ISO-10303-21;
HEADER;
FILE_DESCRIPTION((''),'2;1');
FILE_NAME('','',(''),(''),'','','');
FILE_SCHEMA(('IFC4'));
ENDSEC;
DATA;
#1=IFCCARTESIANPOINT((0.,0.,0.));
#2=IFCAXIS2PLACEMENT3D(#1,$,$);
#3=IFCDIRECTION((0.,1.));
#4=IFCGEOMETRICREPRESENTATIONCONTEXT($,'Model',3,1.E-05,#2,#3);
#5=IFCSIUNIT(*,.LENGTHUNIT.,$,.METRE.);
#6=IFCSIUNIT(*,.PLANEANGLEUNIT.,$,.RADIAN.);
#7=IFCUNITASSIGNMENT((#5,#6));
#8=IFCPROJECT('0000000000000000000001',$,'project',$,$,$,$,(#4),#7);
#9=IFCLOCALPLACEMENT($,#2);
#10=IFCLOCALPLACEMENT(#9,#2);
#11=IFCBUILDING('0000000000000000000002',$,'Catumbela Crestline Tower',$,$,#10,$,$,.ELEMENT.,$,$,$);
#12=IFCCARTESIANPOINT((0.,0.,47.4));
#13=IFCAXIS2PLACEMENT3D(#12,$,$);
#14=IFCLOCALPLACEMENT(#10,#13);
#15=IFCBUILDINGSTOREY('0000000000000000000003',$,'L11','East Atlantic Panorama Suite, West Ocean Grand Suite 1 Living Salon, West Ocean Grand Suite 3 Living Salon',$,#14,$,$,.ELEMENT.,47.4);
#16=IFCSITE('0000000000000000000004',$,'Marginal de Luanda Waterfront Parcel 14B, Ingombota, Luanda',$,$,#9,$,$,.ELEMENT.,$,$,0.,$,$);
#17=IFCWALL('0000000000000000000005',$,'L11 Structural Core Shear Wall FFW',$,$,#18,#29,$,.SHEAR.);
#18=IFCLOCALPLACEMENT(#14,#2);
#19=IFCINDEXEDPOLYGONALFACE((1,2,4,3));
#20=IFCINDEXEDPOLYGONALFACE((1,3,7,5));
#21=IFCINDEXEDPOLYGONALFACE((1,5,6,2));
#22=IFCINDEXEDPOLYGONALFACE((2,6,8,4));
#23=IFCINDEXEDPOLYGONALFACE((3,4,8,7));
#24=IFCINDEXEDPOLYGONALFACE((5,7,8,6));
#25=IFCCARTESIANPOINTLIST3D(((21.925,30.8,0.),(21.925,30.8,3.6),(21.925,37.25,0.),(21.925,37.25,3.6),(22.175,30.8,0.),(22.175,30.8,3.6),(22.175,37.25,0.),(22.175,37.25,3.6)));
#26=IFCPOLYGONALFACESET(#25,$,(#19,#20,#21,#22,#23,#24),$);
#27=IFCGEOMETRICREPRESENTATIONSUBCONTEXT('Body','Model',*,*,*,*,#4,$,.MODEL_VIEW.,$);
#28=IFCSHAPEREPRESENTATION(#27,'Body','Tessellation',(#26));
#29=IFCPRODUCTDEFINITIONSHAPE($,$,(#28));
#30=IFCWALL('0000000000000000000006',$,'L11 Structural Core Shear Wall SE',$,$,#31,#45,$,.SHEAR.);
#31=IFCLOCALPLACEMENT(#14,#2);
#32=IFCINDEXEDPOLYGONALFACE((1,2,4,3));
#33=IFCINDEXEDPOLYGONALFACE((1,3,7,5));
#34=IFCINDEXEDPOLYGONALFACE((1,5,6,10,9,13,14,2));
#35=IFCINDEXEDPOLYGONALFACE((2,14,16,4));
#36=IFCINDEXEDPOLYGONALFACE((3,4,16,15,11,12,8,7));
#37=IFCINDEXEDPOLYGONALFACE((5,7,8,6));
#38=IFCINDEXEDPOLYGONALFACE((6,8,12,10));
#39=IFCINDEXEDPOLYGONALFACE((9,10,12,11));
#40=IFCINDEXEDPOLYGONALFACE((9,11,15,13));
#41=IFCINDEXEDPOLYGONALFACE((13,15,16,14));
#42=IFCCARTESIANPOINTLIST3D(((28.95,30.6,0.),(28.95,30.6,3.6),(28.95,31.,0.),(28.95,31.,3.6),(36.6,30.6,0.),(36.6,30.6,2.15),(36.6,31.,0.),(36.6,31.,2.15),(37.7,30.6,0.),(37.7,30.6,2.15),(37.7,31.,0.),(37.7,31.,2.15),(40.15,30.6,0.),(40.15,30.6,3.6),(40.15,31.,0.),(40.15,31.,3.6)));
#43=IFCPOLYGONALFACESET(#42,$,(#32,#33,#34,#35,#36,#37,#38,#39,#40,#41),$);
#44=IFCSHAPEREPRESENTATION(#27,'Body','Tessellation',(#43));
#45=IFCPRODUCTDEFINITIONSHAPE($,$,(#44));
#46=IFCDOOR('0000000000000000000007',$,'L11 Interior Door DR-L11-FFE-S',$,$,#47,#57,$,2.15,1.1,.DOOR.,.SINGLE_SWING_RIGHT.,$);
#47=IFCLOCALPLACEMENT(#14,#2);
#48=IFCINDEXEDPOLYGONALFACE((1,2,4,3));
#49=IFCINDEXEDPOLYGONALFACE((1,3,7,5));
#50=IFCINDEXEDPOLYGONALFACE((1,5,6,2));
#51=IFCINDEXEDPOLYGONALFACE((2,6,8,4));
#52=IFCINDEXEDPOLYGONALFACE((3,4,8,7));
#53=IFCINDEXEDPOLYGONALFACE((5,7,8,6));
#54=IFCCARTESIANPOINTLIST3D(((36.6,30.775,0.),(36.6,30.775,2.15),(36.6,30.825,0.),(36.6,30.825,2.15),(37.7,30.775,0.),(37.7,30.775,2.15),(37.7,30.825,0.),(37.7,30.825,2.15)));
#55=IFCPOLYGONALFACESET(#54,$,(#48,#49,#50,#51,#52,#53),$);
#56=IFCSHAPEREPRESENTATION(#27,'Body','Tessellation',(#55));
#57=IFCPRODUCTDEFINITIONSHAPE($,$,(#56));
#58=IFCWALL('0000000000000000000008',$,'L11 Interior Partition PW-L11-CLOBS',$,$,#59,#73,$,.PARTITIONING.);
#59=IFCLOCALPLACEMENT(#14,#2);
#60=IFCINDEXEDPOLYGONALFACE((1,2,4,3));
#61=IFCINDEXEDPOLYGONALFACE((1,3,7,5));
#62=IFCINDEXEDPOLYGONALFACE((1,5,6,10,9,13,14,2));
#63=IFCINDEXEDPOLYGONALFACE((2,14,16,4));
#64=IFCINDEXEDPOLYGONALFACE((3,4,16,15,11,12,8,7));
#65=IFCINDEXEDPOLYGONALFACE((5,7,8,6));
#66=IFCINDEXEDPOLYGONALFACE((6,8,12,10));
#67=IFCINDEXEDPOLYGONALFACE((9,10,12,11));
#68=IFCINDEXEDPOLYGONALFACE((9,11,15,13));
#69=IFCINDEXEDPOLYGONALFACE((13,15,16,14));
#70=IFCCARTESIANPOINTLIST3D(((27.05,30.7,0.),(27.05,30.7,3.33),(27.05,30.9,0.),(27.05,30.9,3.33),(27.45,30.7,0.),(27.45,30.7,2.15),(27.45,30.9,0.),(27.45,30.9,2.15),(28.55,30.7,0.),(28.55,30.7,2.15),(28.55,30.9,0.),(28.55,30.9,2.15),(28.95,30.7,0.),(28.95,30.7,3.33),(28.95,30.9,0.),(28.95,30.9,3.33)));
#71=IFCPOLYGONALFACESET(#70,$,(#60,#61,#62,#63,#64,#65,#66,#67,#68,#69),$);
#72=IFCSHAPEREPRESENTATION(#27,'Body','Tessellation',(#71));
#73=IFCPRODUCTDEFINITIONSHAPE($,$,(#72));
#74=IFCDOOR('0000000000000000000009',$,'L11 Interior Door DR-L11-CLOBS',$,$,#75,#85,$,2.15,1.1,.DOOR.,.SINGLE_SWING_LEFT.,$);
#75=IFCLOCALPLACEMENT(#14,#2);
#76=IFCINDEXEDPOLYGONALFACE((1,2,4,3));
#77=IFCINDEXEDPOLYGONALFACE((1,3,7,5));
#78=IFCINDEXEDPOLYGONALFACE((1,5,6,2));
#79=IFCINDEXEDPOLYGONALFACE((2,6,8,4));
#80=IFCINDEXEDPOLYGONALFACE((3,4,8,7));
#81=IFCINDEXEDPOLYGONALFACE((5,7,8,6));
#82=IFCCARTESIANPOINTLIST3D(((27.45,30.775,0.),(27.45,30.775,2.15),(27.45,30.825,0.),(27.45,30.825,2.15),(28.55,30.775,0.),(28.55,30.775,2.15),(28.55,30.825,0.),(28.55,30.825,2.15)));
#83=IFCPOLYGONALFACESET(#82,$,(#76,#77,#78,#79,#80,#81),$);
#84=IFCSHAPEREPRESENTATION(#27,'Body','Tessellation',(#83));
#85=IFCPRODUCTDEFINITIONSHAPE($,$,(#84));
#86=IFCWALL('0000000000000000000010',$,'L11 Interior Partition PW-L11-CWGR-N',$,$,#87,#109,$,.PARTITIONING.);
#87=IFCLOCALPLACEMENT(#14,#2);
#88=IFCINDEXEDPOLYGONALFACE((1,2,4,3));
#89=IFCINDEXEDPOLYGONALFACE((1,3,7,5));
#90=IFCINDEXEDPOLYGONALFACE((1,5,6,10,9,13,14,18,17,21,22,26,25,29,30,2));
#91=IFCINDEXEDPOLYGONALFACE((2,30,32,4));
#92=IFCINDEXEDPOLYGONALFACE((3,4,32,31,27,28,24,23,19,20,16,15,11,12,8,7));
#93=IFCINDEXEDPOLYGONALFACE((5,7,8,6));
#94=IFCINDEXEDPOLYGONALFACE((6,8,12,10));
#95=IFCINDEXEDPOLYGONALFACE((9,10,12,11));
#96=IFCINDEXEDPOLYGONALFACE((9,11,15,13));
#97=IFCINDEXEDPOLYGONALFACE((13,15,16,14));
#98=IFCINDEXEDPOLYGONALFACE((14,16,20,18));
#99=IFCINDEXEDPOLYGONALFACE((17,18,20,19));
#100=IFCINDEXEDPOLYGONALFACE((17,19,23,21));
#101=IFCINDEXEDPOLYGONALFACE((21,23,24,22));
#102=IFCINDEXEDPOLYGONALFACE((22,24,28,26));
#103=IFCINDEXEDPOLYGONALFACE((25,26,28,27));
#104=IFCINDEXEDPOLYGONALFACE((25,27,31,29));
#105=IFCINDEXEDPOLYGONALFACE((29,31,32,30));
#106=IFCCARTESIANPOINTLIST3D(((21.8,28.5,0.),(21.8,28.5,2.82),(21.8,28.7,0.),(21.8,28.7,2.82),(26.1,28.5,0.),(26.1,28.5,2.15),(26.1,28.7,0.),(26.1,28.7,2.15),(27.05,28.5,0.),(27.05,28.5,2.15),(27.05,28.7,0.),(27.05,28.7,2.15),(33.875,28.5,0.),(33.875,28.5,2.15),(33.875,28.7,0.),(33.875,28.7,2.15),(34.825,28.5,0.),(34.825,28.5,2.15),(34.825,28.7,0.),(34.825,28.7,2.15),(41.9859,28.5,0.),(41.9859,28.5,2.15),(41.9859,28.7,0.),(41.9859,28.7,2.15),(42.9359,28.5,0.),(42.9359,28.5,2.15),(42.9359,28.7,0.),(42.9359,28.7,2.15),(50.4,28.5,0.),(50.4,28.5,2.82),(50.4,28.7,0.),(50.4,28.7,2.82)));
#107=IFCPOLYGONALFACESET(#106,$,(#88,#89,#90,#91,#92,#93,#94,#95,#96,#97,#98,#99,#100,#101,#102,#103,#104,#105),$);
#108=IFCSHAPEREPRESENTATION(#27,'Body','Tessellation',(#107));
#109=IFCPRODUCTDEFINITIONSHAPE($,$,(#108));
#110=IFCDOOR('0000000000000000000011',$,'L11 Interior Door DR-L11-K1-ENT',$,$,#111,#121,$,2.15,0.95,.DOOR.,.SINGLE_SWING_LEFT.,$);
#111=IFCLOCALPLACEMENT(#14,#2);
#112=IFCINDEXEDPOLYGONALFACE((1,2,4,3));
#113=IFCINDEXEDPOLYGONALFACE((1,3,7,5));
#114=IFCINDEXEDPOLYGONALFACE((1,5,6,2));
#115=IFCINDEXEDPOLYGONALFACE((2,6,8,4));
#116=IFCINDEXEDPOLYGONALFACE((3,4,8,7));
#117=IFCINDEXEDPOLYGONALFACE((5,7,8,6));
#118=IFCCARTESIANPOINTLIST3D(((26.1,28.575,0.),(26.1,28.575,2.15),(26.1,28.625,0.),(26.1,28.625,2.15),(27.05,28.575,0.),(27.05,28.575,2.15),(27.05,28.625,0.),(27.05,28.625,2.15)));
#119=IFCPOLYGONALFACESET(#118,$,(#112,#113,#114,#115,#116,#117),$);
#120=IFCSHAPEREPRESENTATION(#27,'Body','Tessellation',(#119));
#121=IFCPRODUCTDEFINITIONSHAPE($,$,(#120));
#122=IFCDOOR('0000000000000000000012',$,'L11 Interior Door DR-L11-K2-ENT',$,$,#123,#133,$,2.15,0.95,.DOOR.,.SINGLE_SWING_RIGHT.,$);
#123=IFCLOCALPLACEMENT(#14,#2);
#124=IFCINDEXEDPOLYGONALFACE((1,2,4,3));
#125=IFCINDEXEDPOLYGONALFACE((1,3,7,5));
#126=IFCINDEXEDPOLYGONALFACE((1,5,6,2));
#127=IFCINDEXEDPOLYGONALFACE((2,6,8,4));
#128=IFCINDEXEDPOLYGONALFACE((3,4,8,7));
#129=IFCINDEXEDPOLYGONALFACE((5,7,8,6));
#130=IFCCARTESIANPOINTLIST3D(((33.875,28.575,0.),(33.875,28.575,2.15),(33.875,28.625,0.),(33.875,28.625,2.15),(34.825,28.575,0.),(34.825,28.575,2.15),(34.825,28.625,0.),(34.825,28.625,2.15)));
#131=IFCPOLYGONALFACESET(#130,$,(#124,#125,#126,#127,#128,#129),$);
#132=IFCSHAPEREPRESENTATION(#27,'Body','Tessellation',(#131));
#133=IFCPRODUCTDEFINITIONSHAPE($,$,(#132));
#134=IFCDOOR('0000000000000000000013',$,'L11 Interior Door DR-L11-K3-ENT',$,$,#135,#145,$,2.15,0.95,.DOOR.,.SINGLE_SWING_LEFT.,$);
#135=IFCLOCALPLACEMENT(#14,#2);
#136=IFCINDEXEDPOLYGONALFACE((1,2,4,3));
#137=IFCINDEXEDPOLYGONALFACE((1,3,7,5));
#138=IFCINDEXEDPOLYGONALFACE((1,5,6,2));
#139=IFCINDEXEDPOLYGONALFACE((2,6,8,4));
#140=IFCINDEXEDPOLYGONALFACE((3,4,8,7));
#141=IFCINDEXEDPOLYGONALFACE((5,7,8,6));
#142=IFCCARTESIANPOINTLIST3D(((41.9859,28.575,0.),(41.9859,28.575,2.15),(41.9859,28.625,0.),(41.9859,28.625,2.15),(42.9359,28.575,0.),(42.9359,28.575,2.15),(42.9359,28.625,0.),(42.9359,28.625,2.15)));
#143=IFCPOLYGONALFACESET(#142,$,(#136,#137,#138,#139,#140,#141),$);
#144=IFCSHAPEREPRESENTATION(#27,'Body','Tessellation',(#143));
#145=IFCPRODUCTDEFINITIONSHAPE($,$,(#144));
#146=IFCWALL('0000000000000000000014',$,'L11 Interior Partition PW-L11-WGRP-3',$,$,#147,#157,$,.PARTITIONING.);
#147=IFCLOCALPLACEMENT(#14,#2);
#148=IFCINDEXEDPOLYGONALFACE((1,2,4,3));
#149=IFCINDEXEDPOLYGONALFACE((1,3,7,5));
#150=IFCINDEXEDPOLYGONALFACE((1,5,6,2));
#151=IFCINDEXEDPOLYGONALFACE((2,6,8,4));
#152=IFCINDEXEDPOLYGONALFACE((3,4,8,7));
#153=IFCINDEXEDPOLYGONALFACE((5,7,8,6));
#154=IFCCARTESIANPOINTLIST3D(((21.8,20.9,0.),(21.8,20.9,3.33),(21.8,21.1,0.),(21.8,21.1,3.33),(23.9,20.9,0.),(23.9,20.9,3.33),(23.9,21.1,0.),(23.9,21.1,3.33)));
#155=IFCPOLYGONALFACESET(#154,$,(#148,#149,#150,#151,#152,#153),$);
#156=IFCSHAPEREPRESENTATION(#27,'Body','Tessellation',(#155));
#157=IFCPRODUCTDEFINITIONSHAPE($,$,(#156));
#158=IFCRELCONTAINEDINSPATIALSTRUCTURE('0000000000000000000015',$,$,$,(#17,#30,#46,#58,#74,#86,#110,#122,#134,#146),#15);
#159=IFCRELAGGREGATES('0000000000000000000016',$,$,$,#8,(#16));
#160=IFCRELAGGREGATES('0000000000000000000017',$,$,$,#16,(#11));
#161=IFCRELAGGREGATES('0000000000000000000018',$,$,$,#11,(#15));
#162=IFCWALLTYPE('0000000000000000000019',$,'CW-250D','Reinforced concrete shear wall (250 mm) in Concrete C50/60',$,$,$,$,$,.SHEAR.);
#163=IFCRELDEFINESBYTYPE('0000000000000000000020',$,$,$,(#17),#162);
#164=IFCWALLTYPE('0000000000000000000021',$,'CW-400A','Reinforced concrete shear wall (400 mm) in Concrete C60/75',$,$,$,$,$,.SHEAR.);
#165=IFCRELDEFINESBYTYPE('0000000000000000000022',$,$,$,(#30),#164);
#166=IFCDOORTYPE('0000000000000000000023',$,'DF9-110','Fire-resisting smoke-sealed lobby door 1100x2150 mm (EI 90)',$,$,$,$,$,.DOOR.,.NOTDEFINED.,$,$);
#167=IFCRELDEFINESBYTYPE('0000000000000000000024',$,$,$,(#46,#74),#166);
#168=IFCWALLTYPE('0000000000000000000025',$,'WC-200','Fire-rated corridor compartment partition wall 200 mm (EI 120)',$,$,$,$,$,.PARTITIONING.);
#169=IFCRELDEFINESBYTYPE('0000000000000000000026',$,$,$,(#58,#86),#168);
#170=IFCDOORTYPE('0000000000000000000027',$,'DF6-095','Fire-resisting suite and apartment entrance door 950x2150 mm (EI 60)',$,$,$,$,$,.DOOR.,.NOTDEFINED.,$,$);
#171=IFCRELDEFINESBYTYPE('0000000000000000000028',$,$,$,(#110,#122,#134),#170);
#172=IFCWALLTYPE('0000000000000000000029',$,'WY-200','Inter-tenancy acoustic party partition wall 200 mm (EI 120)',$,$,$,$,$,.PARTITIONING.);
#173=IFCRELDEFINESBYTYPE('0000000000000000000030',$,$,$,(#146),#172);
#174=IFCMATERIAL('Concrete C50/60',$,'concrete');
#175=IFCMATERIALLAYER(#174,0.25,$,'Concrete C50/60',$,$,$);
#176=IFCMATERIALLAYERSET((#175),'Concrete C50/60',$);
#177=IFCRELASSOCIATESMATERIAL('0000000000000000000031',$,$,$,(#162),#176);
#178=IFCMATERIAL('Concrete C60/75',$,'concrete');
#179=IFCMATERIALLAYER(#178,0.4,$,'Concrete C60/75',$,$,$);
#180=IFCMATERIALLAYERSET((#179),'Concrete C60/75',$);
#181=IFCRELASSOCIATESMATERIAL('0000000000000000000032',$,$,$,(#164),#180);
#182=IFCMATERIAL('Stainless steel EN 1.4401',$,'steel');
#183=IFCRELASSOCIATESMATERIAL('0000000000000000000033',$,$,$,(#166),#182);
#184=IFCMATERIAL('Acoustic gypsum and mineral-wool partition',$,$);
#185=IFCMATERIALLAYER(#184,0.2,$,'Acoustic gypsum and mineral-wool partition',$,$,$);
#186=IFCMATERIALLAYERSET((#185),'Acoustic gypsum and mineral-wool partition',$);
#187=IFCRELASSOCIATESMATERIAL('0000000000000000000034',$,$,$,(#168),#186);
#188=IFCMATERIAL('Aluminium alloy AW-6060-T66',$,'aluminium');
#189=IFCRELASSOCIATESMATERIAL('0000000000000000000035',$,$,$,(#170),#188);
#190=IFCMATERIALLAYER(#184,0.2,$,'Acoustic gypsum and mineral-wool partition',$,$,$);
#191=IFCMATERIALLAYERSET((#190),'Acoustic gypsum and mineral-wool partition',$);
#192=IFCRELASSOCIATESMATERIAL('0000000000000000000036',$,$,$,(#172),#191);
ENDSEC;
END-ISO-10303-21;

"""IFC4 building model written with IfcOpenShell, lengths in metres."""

from ifc_helpers import new_model, si_unit, direction, frame, frame_2d, origin, place, context, subcontext, project, spatial, rectangle, extrude, material, layer, layer_set, type_object, element, fill, save


model = new_model("IFC4")

# Units and contexts
model_context = context("Model", 3, precision=1e-05, world=origin(), true_north=direction((0.0, 1.0)))
body_context = subcontext(model_context, "Body", "Model", "MODEL_VIEW")
ifc_project = project(units=[si_unit("LENGTHUNIT", "METRE"), si_unit("PLANEANGLEUNIT", "RADIAN")], contexts=[model_context])

# Site, building, storey
site_placement = place(None, origin())
site = spatial("IfcSite", under=ifc_project, at=site_placement, Name="Marginal de Luanda Waterfront Parcel 14B, Ingombota, Luanda", CompositionType="ELEMENT", RefElevation=0.0)
building_placement = place(site_placement, origin())
building = spatial("IfcBuilding", under=site, at=building_placement, Name="Catumbela Crestline Tower", CompositionType="ELEMENT")
storey_placement = place(building_placement, frame((0.0, 0.0, 47.4)))
storey = spatial("IfcBuildingStorey", under=building, at=storey_placement, Name="L11", Description="East Atlantic Panorama Suite, West Ocean Grand Suite 1 Living Salon, West Ocean Grand Suite 3 Living Salon", CompositionType="ELEMENT", Elevation=47.4)

# Shared definitions
ifc_material_1 = material(Name="Concrete C60/75", Category="concrete")

# Shared definitions
ifc_material_2 = material(Name="Aluminium alloy AW-6060-T66", Category="aluminium")

# Wall
ifc_material_3 = material(Name="Concrete C50/60", Category="concrete")
ifc_layer_1 = layer(ifc_material_3, 0.25, Name="Concrete C50/60")
ifc_layer_set_1 = layer_set([ifc_layer_1], Name="Concrete C50/60")
wall_type_1 = type_object("IfcWallType", Name="CW-250D", Description="Reinforced concrete shear wall (250 mm) in Concrete C50/60", PredefinedType="SHEAR", material=ifc_layer_set_1)
wall_1_placement = place(storey_placement, frame((22.05, 30.8, 0.0), z_axis=(0.0, 0.0, 1.0), x_axis=(0.0, 1.0, 0.0)))
element("IfcWall", 1, at=wall_1_placement, inside=storey, type_object=wall_type_1, Name="L11 Structural Core Shear Wall FFW", PredefinedType="SHEAR", context=body_context, shape_type="SweptSolid", body=[
    extrude(rectangle(XDim=6.45, YDim=0.25, at=frame_2d((3.225, 0.0))), origin(), (0.0, 0.0, 1.0), 3.6),
])

# Walls, openings, doors
ifc_layer_2 = layer(ifc_material_1, 0.4, Name="Concrete C60/75")
ifc_layer_set_2 = layer_set([ifc_layer_2], Name="Concrete C60/75")
wall_type_2 = type_object("IfcWallType", Name="CW-400A", Description="Reinforced concrete shear wall (400 mm) in Concrete C60/75", PredefinedType="SHEAR", material=ifc_layer_set_2)
wall_2_placement = place(storey_placement, frame((28.95, 30.8, 0.0), z_axis=(0.0, 0.0, 1.0), x_axis=(1.0, 0.0, 0.0)))
wall_2 = element("IfcWall", 2, at=wall_2_placement, inside=storey, type_object=wall_type_2, Name="L11 Structural Core Shear Wall SE", PredefinedType="SHEAR", context=body_context, shape_type="SweptSolid", body=[
    extrude(rectangle(XDim=11.2, YDim=0.4, at=frame_2d((5.6, 0.0))), origin(), (0.0, 0.0, 1.0), 3.6),
])
opening_1_placement = place(wall_2_placement, frame((7.65, 0.0, 0.0)))
opening_1 = element("IfcOpeningElement", 3, at=opening_1_placement, cuts=wall_2, PredefinedType="OPENING", context=body_context, shape_type="SweptSolid", body=[
    extrude(rectangle(XDim=1.1, YDim=2.15, at=frame_2d((0.55, 1.075))), frame((0.0, 0.21, 0.0), z_axis=(0.0, -1.0, 0.0), x_axis=(1.0, 0.0, 0.0)), (0.0, 0.0, 1.0), 0.42),
])
ifc_material_4 = material(Name="Stainless steel EN 1.4401", Category="steel")
door_type_1 = type_object("IfcDoorType", Name="DF9-110", Description="Fire-resisting smoke-sealed lobby door 1100x2150 mm (EI 90)", OperationType="NOTDEFINED", PredefinedType="DOOR", material=ifc_material_4)
door_1_placement = place(opening_1_placement, origin())
door_1 = element("IfcDoor", 4, at=door_1_placement, inside=storey, type_object=door_type_1, Name="L11 Interior Door DR-L11-FFE-S", OperationType="SINGLE_SWING_RIGHT", OverallHeight=2.15, OverallWidth=1.1, PredefinedType="DOOR", context=body_context, shape_type="SweptSolid", body=[
    extrude(rectangle(XDim=1.1, YDim=2.15, at=frame_2d((0.55, 1.075))), frame((0.0, 0.025, 0.0), z_axis=(0.0, -1.0, 0.0), x_axis=(1.0, 0.0, 0.0)), (0.0, 0.0, 1.0), 0.05),
])
fill(opening_1, door_1)
ifc_material_5 = material(Name="Acoustic gypsum and mineral-wool partition")
ifc_layer_3 = layer(ifc_material_5, 0.2, Name="Acoustic gypsum and mineral-wool partition")
ifc_layer_set_3 = layer_set([ifc_layer_3], Name="Acoustic gypsum and mineral-wool partition")
wall_type_3 = type_object("IfcWallType", Name="WC-200", Description="Fire-rated corridor compartment partition wall 200 mm (EI 120)", PredefinedType="PARTITIONING", material=ifc_layer_set_3)
wall_3_placement = place(storey_placement, frame((27.05, 30.8, 0.0), z_axis=(0.0, 0.0, 1.0), x_axis=(1.0, 0.0, 0.0)))
wall_3 = element("IfcWall", 5, at=wall_3_placement, inside=storey, type_object=wall_type_3, Name="L11 Interior Partition PW-L11-CLOBS", PredefinedType="PARTITIONING", context=body_context, shape_type="SweptSolid", body=[
    extrude(rectangle(XDim=1.9, YDim=0.2, at=frame_2d((0.95, 0.0))), origin(), (0.0, 0.0, 1.0), 3.33),
])
opening_2_placement = place(wall_3_placement, frame((0.4, 0.0, 0.0)))
opening_2 = element("IfcOpeningElement", 6, at=opening_2_placement, cuts=wall_3, PredefinedType="OPENING", context=body_context, shape_type="SweptSolid", body=[
    extrude(rectangle(XDim=1.1, YDim=2.15, at=frame_2d((0.55, 1.075))), frame((0.0, 0.11, 0.0), z_axis=(0.0, -1.0, 0.0), x_axis=(1.0, 0.0, 0.0)), (0.0, 0.0, 1.0), 0.22),
])
door_2_placement = place(opening_2_placement, origin())
door_2 = element("IfcDoor", 7, at=door_2_placement, inside=storey, type_object=door_type_1, Name="L11 Interior Door DR-L11-CLOBS", OperationType="SINGLE_SWING_LEFT", OverallHeight=2.15, OverallWidth=1.1, PredefinedType="DOOR", context=body_context, shape_type="SweptSolid", body=[
    extrude(rectangle(XDim=1.1, YDim=2.15, at=frame_2d((0.55, 1.075))), frame((0.0, 0.025, 0.0), z_axis=(0.0, -1.0, 0.0), x_axis=(1.0, 0.0, 0.0)), (0.0, 0.0, 1.0), 0.05),
])
fill(opening_2, door_2)

# Wall, openings, doors
wall_4_placement = place(storey_placement, frame((21.8, 28.6, 0.0), z_axis=(0.0, 0.0, 1.0), x_axis=(1.0, 0.0, 0.0)))
wall_4 = element("IfcWall", 8, at=wall_4_placement, inside=storey, type_object=wall_type_3, Name="L11 Interior Partition PW-L11-CWGR-N", PredefinedType="PARTITIONING", context=body_context, shape_type="SweptSolid", body=[
    extrude(rectangle(XDim=28.6, YDim=0.2, at=frame_2d((14.3, 0.0))), origin(), (0.0, 0.0, 1.0), 2.82),
])
opening_3_placement = place(wall_4_placement, frame((4.3, 0.0, 0.0)))
opening_3 = element("IfcOpeningElement", 9, at=opening_3_placement, cuts=wall_4, PredefinedType="OPENING", context=body_context, shape_type="SweptSolid", body=[
    extrude(rectangle(XDim=0.95, YDim=2.15, at=frame_2d((0.475, 1.075))), frame((0.0, 0.11, 0.0), z_axis=(0.0, -1.0, 0.0), x_axis=(1.0, 0.0, 0.0)), (0.0, 0.0, 1.0), 0.22),
])
opening_4_placement = place(wall_4_placement, frame((12.075, 0.0, 0.0)))
opening_4 = element("IfcOpeningElement", 10, at=opening_4_placement, cuts=wall_4, PredefinedType="OPENING", context=body_context, shape_type="SweptSolid", body=[
    extrude(rectangle(XDim=0.95, YDim=2.15, at=frame_2d((0.475, 1.075))), frame((0.0, 0.11, 0.0), z_axis=(0.0, -1.0, 0.0), x_axis=(1.0, 0.0, 0.0)), (0.0, 0.0, 1.0), 0.22),
])
opening_5_placement = place(wall_4_placement, frame((20.1859, 0.0, 0.0)))
opening_5 = element("IfcOpeningElement", 11, at=opening_5_placement, cuts=wall_4, PredefinedType="OPENING", context=body_context, shape_type="SweptSolid", body=[
    extrude(rectangle(XDim=0.95, YDim=2.15, at=frame_2d((0.475, 1.075))), frame((0.0, 0.11, 0.0), z_axis=(0.0, -1.0, 0.0), x_axis=(1.0, 0.0, 0.0)), (0.0, 0.0, 1.0), 0.22),
])
door_type_2 = type_object("IfcDoorType", Name="DF6-095", Description="Fire-resisting suite and apartment entrance door 950x2150 mm (EI 60)", OperationType="NOTDEFINED", PredefinedType="DOOR", material=ifc_material_2)
door_3_placement = place(opening_3_placement, origin())
door_3 = element("IfcDoor", 12, at=door_3_placement, inside=storey, type_object=door_type_2, Name="L11 Interior Door DR-L11-K1-ENT", OperationType="SINGLE_SWING_LEFT", OverallHeight=2.15, OverallWidth=0.95, PredefinedType="DOOR", context=body_context, shape_type="SweptSolid", body=[
    extrude(rectangle(XDim=0.95, YDim=2.15, at=frame_2d((0.475, 1.075))), frame((0.0, 0.025, 0.0), z_axis=(0.0, -1.0, 0.0), x_axis=(1.0, 0.0, 0.0)), (0.0, 0.0, 1.0), 0.05),
])
fill(opening_3, door_3)
door_4_placement = place(opening_4_placement, origin())
door_4 = element("IfcDoor", 13, at=door_4_placement, inside=storey, type_object=door_type_2, Name="L11 Interior Door DR-L11-K2-ENT", OperationType="SINGLE_SWING_RIGHT", OverallHeight=2.15, OverallWidth=0.95, PredefinedType="DOOR", context=body_context, shape_type="SweptSolid", body=[
    extrude(rectangle(XDim=0.95, YDim=2.15, at=frame_2d((0.475, 1.075))), frame((0.0, 0.025, 0.0), z_axis=(0.0, -1.0, 0.0), x_axis=(1.0, 0.0, 0.0)), (0.0, 0.0, 1.0), 0.05),
])
fill(opening_4, door_4)
door_5_placement = place(opening_5_placement, origin())
door_5 = element("IfcDoor", 14, at=door_5_placement, inside=storey, type_object=door_type_2, Name="L11 Interior Door DR-L11-K3-ENT", OperationType="SINGLE_SWING_LEFT", OverallHeight=2.15, OverallWidth=0.95, PredefinedType="DOOR", context=body_context, shape_type="SweptSolid", body=[
    extrude(rectangle(XDim=0.95, YDim=2.15, at=frame_2d((0.475, 1.075))), frame((0.0, 0.025, 0.0), z_axis=(0.0, -1.0, 0.0), x_axis=(1.0, 0.0, 0.0)), (0.0, 0.0, 1.0), 0.05),
])
fill(opening_5, door_5)

# Wall
ifc_layer_4 = layer(ifc_material_5, 0.2, Name="Acoustic gypsum and mineral-wool partition")
ifc_layer_set_4 = layer_set([ifc_layer_4], Name="Acoustic gypsum and mineral-wool partition")
wall_type_4 = type_object("IfcWallType", Name="WY-200", Description="Inter-tenancy acoustic party partition wall 200 mm (EI 120)", PredefinedType="PARTITIONING", material=ifc_layer_set_4)
wall_5_placement = place(storey_placement, frame((21.8, 21.0, 0.0), z_axis=(0.0, 0.0, 1.0), x_axis=(1.0, 0.0, 0.0)))
element("IfcWall", 15, at=wall_5_placement, inside=storey, type_object=wall_type_4, Name="L11 Interior Partition PW-L11-WGRP-3", PredefinedType="PARTITIONING", context=body_context, shape_type="SweptSolid", body=[
    extrude(rectangle(XDim=2.1, YDim=0.2, at=frame_2d((1.05, 0.0))), origin(), (0.0, 0.0, 1.0), 3.33),
])

save(model, "model.ifc")
